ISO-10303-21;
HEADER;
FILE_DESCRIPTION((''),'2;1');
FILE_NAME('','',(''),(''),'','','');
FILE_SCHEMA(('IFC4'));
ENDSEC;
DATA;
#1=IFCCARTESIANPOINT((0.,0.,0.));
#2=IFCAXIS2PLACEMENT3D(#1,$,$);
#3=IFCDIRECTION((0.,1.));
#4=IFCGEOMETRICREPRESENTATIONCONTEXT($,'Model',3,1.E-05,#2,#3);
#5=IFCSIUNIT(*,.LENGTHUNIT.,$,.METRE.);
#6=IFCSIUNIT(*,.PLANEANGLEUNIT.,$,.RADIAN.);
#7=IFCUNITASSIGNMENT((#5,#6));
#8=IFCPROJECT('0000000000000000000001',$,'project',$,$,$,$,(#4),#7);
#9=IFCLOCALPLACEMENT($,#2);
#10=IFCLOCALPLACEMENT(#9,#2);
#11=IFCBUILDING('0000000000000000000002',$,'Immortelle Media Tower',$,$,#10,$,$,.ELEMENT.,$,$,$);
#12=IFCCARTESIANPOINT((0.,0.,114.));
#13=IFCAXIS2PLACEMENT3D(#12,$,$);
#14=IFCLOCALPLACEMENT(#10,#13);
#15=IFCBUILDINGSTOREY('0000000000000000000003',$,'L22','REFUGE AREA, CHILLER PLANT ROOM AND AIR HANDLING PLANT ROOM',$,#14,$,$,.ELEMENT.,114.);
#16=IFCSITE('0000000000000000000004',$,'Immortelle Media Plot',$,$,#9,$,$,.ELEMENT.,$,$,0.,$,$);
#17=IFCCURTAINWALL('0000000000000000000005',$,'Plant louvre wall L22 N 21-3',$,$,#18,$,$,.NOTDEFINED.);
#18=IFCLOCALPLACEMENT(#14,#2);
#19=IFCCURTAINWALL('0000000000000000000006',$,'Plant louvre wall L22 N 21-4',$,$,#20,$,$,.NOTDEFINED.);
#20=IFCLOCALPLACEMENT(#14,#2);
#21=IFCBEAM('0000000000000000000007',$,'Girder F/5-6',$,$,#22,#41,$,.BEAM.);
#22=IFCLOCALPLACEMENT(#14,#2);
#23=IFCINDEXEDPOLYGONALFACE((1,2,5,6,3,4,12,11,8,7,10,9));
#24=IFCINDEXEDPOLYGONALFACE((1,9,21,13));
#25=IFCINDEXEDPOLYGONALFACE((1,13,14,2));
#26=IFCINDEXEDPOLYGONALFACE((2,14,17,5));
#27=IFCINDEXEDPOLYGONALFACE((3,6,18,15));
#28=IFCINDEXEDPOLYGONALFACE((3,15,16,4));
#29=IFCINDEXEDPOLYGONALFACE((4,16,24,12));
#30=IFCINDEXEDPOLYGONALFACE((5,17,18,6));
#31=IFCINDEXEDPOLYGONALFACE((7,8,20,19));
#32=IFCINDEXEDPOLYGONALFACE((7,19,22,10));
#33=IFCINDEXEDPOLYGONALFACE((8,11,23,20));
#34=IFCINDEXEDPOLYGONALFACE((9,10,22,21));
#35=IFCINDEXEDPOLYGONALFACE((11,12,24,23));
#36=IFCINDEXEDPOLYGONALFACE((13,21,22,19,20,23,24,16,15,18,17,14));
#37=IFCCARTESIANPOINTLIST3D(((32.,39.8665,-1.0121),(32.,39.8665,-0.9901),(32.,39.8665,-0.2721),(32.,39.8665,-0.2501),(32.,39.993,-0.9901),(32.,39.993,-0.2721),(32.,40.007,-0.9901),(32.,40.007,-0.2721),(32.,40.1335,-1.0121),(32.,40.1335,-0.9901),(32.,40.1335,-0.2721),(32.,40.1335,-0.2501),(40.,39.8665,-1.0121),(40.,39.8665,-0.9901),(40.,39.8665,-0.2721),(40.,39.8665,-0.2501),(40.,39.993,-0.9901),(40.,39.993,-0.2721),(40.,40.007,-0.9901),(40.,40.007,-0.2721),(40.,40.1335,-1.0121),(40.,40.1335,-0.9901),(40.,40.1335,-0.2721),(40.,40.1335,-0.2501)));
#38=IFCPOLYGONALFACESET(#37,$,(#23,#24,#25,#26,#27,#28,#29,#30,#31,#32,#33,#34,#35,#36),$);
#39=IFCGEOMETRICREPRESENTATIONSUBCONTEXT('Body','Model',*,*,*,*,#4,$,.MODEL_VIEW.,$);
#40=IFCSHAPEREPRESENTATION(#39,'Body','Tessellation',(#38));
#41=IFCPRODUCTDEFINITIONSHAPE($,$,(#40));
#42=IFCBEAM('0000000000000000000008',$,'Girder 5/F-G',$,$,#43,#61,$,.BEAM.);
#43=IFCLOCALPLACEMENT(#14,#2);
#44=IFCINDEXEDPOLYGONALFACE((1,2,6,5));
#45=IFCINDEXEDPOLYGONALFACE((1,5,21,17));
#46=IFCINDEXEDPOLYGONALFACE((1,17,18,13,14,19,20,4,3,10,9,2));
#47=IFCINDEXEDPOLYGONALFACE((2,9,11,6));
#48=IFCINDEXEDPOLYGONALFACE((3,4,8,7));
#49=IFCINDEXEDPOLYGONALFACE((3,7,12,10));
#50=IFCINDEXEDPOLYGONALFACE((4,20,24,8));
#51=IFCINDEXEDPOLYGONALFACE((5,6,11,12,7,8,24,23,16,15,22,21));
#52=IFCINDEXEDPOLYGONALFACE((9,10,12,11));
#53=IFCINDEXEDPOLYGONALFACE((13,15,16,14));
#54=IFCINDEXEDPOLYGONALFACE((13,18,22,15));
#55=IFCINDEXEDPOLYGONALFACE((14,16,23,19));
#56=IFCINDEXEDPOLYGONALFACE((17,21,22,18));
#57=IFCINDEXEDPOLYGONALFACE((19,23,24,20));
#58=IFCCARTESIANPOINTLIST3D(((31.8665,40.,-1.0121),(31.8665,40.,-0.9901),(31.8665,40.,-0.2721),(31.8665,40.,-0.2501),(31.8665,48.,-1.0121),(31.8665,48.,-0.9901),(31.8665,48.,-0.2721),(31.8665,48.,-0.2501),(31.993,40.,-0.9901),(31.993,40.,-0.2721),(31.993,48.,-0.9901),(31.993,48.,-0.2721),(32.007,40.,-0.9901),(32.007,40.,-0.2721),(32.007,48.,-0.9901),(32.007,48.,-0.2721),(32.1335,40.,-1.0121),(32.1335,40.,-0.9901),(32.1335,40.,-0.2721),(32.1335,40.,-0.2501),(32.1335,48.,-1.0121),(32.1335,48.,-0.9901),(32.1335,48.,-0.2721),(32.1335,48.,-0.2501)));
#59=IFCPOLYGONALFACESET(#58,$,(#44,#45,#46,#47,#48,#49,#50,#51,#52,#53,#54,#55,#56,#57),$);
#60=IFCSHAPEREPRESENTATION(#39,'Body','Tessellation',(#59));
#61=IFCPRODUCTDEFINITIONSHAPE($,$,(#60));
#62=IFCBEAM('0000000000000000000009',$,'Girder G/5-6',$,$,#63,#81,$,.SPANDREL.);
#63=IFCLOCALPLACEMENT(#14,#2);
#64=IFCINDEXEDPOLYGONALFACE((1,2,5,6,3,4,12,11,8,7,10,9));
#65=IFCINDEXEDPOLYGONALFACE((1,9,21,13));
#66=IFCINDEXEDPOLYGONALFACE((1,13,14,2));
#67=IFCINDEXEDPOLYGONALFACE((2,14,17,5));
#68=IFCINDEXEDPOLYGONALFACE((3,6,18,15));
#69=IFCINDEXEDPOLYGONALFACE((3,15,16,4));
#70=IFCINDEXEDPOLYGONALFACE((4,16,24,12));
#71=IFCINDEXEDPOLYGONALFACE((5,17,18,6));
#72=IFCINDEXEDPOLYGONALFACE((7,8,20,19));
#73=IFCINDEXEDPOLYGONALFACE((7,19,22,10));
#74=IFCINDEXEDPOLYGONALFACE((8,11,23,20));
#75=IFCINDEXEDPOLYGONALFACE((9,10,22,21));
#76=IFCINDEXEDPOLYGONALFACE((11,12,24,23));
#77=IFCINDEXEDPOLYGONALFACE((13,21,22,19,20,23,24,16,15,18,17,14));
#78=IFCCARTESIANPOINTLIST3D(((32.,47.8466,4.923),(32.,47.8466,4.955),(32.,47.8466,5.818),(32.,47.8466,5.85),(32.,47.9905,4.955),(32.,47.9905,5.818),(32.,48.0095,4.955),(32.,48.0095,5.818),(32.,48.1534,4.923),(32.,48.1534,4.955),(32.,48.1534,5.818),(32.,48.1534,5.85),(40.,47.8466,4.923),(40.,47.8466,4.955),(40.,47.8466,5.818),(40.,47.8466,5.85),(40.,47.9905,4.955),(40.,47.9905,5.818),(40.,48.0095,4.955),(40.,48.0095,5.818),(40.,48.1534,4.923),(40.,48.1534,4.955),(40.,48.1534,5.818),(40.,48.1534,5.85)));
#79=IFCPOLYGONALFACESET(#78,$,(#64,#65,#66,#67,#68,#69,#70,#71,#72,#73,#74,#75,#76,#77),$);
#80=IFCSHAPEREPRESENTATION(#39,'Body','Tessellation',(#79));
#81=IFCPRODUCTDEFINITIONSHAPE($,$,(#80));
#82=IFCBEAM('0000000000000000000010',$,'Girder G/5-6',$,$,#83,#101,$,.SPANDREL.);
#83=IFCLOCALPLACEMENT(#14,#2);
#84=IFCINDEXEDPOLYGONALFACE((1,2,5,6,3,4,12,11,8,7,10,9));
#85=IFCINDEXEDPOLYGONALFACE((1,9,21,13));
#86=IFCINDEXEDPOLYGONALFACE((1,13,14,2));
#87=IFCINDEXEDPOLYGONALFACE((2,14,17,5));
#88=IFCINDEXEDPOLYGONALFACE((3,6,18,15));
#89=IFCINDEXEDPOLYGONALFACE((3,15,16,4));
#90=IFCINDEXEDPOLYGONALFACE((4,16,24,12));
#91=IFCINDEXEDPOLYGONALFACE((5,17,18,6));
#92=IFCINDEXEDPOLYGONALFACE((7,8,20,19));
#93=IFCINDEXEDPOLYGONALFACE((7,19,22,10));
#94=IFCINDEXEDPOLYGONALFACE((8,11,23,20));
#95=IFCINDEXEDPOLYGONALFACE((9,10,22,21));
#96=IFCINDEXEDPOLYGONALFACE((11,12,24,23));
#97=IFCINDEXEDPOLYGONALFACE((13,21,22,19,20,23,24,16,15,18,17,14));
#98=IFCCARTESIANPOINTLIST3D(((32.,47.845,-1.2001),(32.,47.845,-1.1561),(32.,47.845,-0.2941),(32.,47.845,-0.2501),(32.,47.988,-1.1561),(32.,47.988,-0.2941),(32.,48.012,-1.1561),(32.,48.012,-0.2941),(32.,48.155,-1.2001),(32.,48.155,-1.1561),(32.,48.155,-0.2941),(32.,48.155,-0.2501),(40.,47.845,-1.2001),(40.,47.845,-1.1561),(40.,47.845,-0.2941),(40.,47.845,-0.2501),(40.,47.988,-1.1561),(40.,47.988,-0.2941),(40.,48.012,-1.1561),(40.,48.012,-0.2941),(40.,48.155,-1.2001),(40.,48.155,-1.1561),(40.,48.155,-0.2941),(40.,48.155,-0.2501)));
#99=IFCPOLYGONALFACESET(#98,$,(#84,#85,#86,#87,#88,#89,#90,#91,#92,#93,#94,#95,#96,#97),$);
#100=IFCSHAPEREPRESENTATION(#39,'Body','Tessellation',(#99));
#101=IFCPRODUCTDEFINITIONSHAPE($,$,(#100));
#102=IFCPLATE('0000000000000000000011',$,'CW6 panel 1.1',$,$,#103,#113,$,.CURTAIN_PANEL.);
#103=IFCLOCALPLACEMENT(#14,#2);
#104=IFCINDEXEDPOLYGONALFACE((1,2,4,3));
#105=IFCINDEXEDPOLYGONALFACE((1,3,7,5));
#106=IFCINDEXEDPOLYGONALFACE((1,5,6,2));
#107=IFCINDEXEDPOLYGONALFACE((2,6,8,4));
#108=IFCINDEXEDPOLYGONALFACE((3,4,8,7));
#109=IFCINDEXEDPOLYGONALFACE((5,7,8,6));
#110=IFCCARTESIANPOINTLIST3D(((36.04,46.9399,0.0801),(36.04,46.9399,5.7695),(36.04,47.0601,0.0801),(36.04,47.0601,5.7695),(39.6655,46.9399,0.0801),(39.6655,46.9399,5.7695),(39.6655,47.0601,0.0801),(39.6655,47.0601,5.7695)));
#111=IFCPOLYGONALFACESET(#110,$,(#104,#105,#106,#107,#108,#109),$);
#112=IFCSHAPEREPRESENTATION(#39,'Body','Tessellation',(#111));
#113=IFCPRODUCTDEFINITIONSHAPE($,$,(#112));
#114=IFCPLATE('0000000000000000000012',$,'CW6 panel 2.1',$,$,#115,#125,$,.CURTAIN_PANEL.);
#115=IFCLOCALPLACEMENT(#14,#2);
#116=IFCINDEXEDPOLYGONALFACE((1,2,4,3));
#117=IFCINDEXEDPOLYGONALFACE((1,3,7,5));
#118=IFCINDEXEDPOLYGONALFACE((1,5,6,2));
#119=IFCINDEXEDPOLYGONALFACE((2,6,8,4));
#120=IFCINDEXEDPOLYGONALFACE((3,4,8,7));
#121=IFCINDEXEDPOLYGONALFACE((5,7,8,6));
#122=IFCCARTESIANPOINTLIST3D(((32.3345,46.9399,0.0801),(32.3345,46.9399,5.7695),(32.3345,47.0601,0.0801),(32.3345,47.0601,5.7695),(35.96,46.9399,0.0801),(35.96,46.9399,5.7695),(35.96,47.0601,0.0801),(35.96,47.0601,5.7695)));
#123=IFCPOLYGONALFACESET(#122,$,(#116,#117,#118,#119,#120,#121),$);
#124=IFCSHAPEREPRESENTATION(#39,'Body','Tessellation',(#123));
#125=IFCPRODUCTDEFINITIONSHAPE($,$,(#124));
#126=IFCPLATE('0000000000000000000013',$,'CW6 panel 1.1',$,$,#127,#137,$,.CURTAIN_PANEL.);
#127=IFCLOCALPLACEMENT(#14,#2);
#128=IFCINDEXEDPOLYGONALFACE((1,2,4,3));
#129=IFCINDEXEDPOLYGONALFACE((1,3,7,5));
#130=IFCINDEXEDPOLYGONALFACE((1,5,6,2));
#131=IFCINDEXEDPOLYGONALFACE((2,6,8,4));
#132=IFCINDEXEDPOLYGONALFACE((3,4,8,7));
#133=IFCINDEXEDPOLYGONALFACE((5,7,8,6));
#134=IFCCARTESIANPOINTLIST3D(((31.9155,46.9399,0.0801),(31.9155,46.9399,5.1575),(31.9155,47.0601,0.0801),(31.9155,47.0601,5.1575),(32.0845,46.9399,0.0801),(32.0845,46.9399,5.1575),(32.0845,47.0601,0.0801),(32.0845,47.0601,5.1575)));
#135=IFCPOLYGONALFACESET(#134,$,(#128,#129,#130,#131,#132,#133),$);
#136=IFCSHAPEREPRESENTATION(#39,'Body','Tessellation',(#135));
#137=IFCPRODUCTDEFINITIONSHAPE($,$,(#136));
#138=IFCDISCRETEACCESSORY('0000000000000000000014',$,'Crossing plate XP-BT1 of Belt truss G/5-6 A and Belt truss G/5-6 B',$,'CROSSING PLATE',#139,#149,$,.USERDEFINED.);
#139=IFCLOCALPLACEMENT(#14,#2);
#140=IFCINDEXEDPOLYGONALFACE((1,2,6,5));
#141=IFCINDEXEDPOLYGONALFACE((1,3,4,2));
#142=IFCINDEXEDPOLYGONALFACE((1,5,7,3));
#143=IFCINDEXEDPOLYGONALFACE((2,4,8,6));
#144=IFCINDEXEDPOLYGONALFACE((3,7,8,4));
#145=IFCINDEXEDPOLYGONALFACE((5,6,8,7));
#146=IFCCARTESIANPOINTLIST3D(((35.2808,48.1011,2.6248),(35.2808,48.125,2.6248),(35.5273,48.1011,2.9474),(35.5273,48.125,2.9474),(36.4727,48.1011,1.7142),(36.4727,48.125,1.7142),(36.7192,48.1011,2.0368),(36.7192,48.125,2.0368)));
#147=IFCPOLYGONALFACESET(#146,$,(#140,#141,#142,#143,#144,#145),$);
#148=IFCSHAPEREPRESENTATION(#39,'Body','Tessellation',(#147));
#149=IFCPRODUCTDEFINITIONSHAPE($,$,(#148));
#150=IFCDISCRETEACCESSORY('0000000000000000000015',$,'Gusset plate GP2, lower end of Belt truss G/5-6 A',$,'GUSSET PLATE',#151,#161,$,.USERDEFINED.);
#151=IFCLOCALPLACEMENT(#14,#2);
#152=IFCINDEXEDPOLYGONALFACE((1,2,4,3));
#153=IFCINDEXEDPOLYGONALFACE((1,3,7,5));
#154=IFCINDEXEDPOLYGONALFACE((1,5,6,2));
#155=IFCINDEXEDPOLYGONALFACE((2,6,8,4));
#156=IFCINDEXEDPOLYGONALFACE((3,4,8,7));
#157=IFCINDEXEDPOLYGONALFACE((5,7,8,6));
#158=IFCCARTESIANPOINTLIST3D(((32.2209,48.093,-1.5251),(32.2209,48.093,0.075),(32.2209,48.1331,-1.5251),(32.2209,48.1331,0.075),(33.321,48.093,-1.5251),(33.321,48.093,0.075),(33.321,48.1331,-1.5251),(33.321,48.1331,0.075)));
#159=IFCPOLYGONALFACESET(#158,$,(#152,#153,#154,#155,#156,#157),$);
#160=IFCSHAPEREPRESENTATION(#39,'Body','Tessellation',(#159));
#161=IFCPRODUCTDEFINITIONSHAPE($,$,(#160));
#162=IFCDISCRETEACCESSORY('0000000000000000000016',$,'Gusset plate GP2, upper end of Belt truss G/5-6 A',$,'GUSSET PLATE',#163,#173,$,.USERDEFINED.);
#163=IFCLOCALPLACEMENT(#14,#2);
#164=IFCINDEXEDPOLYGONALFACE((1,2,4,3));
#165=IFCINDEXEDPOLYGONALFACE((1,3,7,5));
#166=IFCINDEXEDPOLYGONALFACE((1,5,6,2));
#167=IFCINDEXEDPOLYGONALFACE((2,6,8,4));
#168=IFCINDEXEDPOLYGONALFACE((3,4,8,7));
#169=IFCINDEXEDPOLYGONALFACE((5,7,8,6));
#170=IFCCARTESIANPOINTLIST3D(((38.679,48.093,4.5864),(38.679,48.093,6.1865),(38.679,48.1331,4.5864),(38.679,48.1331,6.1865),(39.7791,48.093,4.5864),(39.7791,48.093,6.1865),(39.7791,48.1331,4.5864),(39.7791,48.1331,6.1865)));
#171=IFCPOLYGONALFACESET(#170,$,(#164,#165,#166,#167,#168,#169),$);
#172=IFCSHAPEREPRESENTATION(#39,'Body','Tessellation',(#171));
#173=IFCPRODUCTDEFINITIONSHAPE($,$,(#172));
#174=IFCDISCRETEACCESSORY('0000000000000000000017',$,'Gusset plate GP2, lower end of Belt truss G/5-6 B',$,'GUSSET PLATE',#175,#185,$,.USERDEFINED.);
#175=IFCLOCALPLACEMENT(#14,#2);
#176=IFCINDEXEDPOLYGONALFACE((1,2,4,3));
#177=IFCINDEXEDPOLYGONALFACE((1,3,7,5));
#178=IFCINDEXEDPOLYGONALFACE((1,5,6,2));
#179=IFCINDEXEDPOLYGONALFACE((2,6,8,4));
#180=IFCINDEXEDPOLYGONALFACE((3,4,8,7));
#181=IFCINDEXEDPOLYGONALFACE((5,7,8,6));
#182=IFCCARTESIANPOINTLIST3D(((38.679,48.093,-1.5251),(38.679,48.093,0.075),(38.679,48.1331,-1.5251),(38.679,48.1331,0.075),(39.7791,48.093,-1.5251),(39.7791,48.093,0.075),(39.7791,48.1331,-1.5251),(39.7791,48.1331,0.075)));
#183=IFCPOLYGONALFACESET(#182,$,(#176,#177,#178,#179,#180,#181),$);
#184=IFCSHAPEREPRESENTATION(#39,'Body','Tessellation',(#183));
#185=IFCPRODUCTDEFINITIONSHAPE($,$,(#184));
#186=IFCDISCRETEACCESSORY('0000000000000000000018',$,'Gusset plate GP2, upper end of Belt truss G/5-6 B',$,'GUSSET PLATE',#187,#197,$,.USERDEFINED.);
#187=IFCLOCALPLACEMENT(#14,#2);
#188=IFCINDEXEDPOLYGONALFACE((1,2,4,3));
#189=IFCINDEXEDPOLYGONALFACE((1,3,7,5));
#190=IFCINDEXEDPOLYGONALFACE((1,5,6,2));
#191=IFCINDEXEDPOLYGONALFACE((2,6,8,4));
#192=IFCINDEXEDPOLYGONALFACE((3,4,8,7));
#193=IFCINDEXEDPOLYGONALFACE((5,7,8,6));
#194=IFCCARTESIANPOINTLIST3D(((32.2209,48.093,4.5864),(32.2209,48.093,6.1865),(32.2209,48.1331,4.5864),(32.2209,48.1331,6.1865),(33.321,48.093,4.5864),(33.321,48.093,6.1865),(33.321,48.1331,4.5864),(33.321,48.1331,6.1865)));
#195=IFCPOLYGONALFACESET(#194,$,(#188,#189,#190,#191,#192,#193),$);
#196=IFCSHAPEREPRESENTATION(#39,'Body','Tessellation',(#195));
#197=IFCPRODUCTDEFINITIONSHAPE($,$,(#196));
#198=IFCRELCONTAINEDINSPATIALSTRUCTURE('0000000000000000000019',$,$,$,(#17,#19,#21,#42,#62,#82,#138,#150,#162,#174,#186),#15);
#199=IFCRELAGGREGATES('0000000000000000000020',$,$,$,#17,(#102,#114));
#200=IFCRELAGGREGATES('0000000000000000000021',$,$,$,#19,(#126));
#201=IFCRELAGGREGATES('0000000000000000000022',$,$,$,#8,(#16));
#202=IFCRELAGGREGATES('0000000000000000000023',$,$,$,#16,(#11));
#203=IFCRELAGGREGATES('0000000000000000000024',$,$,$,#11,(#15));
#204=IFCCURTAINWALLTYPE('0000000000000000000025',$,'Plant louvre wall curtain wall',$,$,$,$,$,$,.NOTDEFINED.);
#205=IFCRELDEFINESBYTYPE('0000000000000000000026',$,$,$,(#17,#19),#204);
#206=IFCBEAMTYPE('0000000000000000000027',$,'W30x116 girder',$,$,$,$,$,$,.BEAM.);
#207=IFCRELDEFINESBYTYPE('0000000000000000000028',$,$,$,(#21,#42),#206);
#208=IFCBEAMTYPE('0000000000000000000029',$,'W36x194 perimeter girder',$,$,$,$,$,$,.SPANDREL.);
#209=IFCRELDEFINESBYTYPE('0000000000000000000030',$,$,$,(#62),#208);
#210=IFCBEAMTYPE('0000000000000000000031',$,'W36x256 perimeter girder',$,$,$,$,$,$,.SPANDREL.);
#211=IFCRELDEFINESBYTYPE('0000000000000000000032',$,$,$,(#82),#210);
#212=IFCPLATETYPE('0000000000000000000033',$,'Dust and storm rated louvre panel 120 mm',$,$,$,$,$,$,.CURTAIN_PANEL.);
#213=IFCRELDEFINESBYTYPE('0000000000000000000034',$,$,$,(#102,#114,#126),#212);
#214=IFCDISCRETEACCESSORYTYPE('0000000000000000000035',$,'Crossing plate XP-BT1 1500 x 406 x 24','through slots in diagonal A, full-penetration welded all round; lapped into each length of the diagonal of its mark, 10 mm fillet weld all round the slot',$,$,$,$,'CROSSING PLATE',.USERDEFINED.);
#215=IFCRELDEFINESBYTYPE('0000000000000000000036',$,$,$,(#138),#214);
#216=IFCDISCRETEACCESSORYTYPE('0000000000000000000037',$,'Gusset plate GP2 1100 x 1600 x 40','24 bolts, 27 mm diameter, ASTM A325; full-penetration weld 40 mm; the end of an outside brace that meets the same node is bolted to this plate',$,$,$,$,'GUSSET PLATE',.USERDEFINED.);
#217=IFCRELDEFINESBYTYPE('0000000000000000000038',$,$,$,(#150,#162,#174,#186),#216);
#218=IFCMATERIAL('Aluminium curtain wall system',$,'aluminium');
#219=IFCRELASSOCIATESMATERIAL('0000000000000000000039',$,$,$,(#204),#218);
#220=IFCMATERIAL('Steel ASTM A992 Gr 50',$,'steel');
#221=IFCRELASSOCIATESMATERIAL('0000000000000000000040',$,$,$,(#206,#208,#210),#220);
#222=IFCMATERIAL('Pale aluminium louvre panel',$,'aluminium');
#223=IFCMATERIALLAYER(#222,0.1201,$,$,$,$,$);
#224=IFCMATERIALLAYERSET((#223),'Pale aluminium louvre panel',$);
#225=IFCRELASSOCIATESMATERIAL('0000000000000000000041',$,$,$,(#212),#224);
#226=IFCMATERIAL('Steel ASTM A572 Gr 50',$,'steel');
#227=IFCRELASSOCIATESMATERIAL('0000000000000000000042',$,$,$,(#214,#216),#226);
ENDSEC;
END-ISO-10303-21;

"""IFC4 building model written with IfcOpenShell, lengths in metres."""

from ifc_helpers import new_model, si_unit, direction, frame, origin, origin_2d, place, context, subcontext, project, spatial, rectangle, i_section, extrude, material, layer, layer_set, material_profile, profile_set, type_object, element, aggregate, save


model = new_model("IFC4")

# Units and contexts
model_context = context("Model", 3, precision=1e-05, world=origin(), true_north=direction((0.0, 1.0)))
body_context = subcontext(model_context, "Body", "Model", "MODEL_VIEW")
ifc_project = project(units=[si_unit("LENGTHUNIT", "METRE"), si_unit("PLANEANGLEUNIT", "RADIAN")], contexts=[model_context])

# Site, building, storey
site_placement = place(None, origin())
site = spatial("IfcSite", under=ifc_project, at=site_placement, Name="Immortelle Media Plot", CompositionType="ELEMENT", RefElevation=0.0)
building_placement = place(site_placement, origin())
building = spatial("IfcBuilding", under=site, at=building_placement, Name="Immortelle Media Tower", CompositionType="ELEMENT")
storey_placement = place(building_placement, frame((0.0, 0.0, 114.0)))
storey = spatial("IfcBuildingStorey", under=building, at=storey_placement, Name="L22", Description="REFUGE AREA, CHILLER PLANT ROOM AND AIR HANDLING PLANT ROOM", CompositionType="ELEMENT", Elevation=114.0)

# Shared definitions
ifc_material_1 = material(Name="Steel ASTM A992 Gr 50", Category="steel")

# Curtain wall
ifc_material_2 = material(Name="Aluminium curtain wall system", Category="aluminium")
curtain_wall_type = type_object("IfcCurtainWallType", Name="Plant louvre wall curtain wall", PredefinedType="NOTDEFINED", material=ifc_material_2)
curtain_wall_1_placement = place(storey_placement, origin())
curtain_wall_1 = element("IfcCurtainWall", 1, at=curtain_wall_1_placement, inside=storey, type_object=curtain_wall_type, Name="Plant louvre wall L22 N 21-3", PredefinedType="NOTDEFINED")

# Curtain wall
curtain_wall_2_placement = place(storey_placement, origin())
curtain_wall_2 = element("IfcCurtainWall", 2, at=curtain_wall_2_placement, inside=storey, type_object=curtain_wall_type, Name="Plant louvre wall L22 N 21-4", PredefinedType="NOTDEFINED")

# Beams
ifc_material_profile_1 = material_profile(ifc_material_1, i_section(OverallWidth=0.2671, OverallDepth=0.762, WebThickness=0.0139, FlangeThickness=0.022, at=origin_2d()), Name="W30x116")
ifc_profile_set_1 = profile_set([ifc_material_profile_1], Name="Steel ASTM A992 Gr 50")
beam_type_1 = type_object("IfcBeamType", Name="W30x116 girder", PredefinedType="BEAM", material=ifc_profile_set_1)
for number, where, z_axis, x_axis, name in (
    (3, (32.0, 40.0, -0.6311), (1.0, 0.0, 0.0), (0.0, 1.0, 0.0), "Girder F/5-6"),
    (4, (32.0, 40.0, -0.6311), (0.0, 1.0, 0.0), (-1.0, 0.0, 0.0), "Girder 5/F-G"),
):
    element("IfcBeam", number, at=place(storey_placement, frame(where, z_axis=z_axis, x_axis=x_axis)), inside=storey, type_object=beam_type_1, Name=name, PredefinedType="BEAM", context=body_context, shape_type="SweptSolid", body=[
        extrude(i_section(OverallWidth=0.2671, OverallDepth=0.762, WebThickness=0.0139, FlangeThickness=0.022, at=origin_2d()), origin(), (0.0, 0.0, 1.0), 8.0),
    ])
ifc_material_profile_2 = material_profile(ifc_material_1, i_section(OverallWidth=0.3069, OverallDepth=0.927, WebThickness=0.019, FlangeThickness=0.032, at=origin_2d()), Name="W36x194")
ifc_profile_set_2 = profile_set([ifc_material_profile_2], Name="Steel ASTM A992 Gr 50")
beam_type_2 = type_object("IfcBeamType", Name="W36x194 perimeter girder", PredefinedType="SPANDREL", material=ifc_profile_set_2)
beam_1_placement = place(storey_placement, frame((32.0, 48.0, 5.3865), z_axis=(1.0, 0.0, 0.0), x_axis=(0.0, 1.0, 0.0)))
element("IfcBeam", 5, at=beam_1_placement, inside=storey, type_object=beam_type_2, Name="Girder G/5-6", PredefinedType="SPANDREL", context=body_context, shape_type="SweptSolid", body=[
    extrude(i_section(OverallWidth=0.3069, OverallDepth=0.927, WebThickness=0.019, FlangeThickness=0.032, at=origin_2d()), origin(), (0.0, 0.0, 1.0), 8.0),
])
ifc_material_profile_3 = material_profile(ifc_material_1, i_section(OverallWidth=0.3101, OverallDepth=0.95, WebThickness=0.0239, FlangeThickness=0.0439, at=origin_2d()), Name="W36x256")
ifc_profile_set_3 = profile_set([ifc_material_profile_3], Name="Steel ASTM A992 Gr 50")
beam_type_3 = type_object("IfcBeamType", Name="W36x256 perimeter girder", PredefinedType="SPANDREL", material=ifc_profile_set_3)
beam_2_placement = place(storey_placement, frame((32.0, 48.0, -0.7251), z_axis=(1.0, 0.0, 0.0), x_axis=(0.0, 1.0, 0.0)))
element("IfcBeam", 6, at=beam_2_placement, inside=storey, type_object=beam_type_3, Name="Girder G/5-6", PredefinedType="SPANDREL", context=body_context, shape_type="SweptSolid", body=[
    extrude(i_section(OverallWidth=0.3101, OverallDepth=0.95, WebThickness=0.0239, FlangeThickness=0.0439, at=origin_2d()), origin(), (0.0, 0.0, 1.0), 8.0),
])

# Plates
ifc_material_3 = material(Name="Pale aluminium louvre panel", Category="aluminium")
ifc_layer = layer(ifc_material_3, 0.1201)
ifc_layer_set = layer_set([ifc_layer], Name="Pale aluminium louvre panel")
plate_type = type_object("IfcPlateType", Name="Dust and storm rated louvre panel 120 mm", PredefinedType="CURTAIN_PANEL", material=ifc_layer_set)
plate_1_placement = place(storey_placement, frame((37.8528, 47.0, 0.0801), z_axis=(0.0, 0.0, 1.0), x_axis=(-1.0, 0.0, 0.0)))
plate_1 = element("IfcPlate", 7, at=plate_1_placement, type_object=plate_type, Name="CW6 panel 1.1", PredefinedType="CURTAIN_PANEL", context=body_context, shape_type="SweptSolid", body=[
    extrude(rectangle(XDim=3.6255, YDim=0.1201, at=origin_2d()), origin(), (0.0, 0.0, 1.0), 5.6895),
])
plate_2_placement = place(storey_placement, frame((34.1472, 47.0, 0.0801), z_axis=(0.0, 0.0, 1.0), x_axis=(-1.0, 0.0, 0.0)))
plate_2 = element("IfcPlate", 8, at=plate_2_placement, type_object=plate_type, Name="CW6 panel 2.1", PredefinedType="CURTAIN_PANEL", context=body_context, shape_type="SweptSolid", body=[
    extrude(rectangle(XDim=3.6255, YDim=0.1201, at=origin_2d()), origin(), (0.0, 0.0, 1.0), 5.6895),
])
aggregate(curtain_wall_1, [plate_1, plate_2])
plate_3_placement = place(storey_placement, frame((32.0, 47.0, 0.0801), z_axis=(0.0, 0.0, 1.0), x_axis=(-1.0, 0.0, 0.0)))
plate_3 = element("IfcPlate", 9, at=plate_3_placement, type_object=plate_type, Name="CW6 panel 1.1", PredefinedType="CURTAIN_PANEL", context=body_context, shape_type="SweptSolid", body=[
    extrude(rectangle(XDim=0.1689, YDim=0.1201, at=origin_2d()), origin(), (0.0, 0.0, 1.0), 5.0774),
])
aggregate(curtain_wall_2, [plate_3])

# Discrete accessories
ifc_material_4 = material(Name="Steel ASTM A572 Gr 50", Category="steel")
ifc_material_profile_4 = material_profile(ifc_material_4, rectangle(XDim=0.0239, YDim=0.406, at=origin_2d()), Name="PL 24 x 406")
ifc_profile_set_4 = profile_set([ifc_material_profile_4], Name="Steel ASTM A572 Gr 50")
discrete_accessory_type_1 = type_object("IfcDiscreteAccessoryType", Name="Crossing plate XP-BT1 1500 x 406 x 24", Description="through slots in diagonal A, full-penetration welded all round; lapped into each length of the diagonal of its mark, 10 mm fillet weld all round the slot", ElementType="CROSSING PLATE", PredefinedType="USERDEFINED", material=ifc_profile_set_4)
discrete_accessory_placement = place(storey_placement, frame((35.4041, 48.113, 2.7861), z_axis=(0.794616, 0.0, -0.607112), x_axis=(0.0, 1.0, 0.0)))
element("IfcDiscreteAccessory", 10, at=discrete_accessory_placement, inside=storey, type_object=discrete_accessory_type_1, Name="Crossing plate XP-BT1 of Belt truss G/5-6 A and Belt truss G/5-6 B", ObjectType="CROSSING PLATE", PredefinedType="USERDEFINED", context=body_context, shape_type="SweptSolid", body=[
    extrude(rectangle(XDim=0.0239, YDim=0.406, at=origin_2d()), origin(), (0.0, 0.0, 1.0), 1.5),
])
ifc_material_profile_5 = material_profile(ifc_material_4, rectangle(XDim=0.04, YDim=1.6001, at=origin_2d()), Name="PL 40 x 1600")
ifc_profile_set_5 = profile_set([ifc_material_profile_5], Name="Steel ASTM A572 Gr 50")
discrete_accessory_type_2 = type_object("IfcDiscreteAccessoryType", Name="Gusset plate GP2 1100 x 1600 x 40", Description="24 bolts, 27 mm diameter, ASTM A325; full-penetration weld 40 mm; the end of an outside brace that meets the same node is bolted to this plate", ElementType="GUSSET PLATE", PredefinedType="USERDEFINED", material=ifc_profile_set_5)
for number, where, z_axis, x_axis, name in (
    (11, (32.2209, 48.113, -0.7251), (1.0, 0.0, 0.0), (0.0, 1.0, 0.0), "Gusset plate GP2, lower end of Belt truss G/5-6 A"),
    (12, (39.7791, 48.113, 5.3865), (-1.0, 0.0, 0.0), (0.0, -1.0, 0.0), "Gusset plate GP2, upper end of Belt truss G/5-6 A"),
    (13, (39.7791, 48.113, -0.7251), (-1.0, 0.0, 0.0), (0.0, -1.0, 0.0), "Gusset plate GP2, lower end of Belt truss G/5-6 B"),
    (14, (32.2209, 48.113, 5.3865), (1.0, 0.0, 0.0), (0.0, 1.0, 0.0), "Gusset plate GP2, upper end of Belt truss G/5-6 B"),
):
    element("IfcDiscreteAccessory", number, at=place(storey_placement, frame(where, z_axis=z_axis, x_axis=x_axis)), inside=storey, type_object=discrete_accessory_type_2, Name=name, ObjectType="GUSSET PLATE", PredefinedType="USERDEFINED", context=body_context, shape_type="SweptSolid", body=[
        extrude(rectangle(XDim=0.04, YDim=1.6001, at=origin_2d()), origin(), (0.0, 0.0, 1.0), 1.1001),
    ])

save(model, "model.ifc")
